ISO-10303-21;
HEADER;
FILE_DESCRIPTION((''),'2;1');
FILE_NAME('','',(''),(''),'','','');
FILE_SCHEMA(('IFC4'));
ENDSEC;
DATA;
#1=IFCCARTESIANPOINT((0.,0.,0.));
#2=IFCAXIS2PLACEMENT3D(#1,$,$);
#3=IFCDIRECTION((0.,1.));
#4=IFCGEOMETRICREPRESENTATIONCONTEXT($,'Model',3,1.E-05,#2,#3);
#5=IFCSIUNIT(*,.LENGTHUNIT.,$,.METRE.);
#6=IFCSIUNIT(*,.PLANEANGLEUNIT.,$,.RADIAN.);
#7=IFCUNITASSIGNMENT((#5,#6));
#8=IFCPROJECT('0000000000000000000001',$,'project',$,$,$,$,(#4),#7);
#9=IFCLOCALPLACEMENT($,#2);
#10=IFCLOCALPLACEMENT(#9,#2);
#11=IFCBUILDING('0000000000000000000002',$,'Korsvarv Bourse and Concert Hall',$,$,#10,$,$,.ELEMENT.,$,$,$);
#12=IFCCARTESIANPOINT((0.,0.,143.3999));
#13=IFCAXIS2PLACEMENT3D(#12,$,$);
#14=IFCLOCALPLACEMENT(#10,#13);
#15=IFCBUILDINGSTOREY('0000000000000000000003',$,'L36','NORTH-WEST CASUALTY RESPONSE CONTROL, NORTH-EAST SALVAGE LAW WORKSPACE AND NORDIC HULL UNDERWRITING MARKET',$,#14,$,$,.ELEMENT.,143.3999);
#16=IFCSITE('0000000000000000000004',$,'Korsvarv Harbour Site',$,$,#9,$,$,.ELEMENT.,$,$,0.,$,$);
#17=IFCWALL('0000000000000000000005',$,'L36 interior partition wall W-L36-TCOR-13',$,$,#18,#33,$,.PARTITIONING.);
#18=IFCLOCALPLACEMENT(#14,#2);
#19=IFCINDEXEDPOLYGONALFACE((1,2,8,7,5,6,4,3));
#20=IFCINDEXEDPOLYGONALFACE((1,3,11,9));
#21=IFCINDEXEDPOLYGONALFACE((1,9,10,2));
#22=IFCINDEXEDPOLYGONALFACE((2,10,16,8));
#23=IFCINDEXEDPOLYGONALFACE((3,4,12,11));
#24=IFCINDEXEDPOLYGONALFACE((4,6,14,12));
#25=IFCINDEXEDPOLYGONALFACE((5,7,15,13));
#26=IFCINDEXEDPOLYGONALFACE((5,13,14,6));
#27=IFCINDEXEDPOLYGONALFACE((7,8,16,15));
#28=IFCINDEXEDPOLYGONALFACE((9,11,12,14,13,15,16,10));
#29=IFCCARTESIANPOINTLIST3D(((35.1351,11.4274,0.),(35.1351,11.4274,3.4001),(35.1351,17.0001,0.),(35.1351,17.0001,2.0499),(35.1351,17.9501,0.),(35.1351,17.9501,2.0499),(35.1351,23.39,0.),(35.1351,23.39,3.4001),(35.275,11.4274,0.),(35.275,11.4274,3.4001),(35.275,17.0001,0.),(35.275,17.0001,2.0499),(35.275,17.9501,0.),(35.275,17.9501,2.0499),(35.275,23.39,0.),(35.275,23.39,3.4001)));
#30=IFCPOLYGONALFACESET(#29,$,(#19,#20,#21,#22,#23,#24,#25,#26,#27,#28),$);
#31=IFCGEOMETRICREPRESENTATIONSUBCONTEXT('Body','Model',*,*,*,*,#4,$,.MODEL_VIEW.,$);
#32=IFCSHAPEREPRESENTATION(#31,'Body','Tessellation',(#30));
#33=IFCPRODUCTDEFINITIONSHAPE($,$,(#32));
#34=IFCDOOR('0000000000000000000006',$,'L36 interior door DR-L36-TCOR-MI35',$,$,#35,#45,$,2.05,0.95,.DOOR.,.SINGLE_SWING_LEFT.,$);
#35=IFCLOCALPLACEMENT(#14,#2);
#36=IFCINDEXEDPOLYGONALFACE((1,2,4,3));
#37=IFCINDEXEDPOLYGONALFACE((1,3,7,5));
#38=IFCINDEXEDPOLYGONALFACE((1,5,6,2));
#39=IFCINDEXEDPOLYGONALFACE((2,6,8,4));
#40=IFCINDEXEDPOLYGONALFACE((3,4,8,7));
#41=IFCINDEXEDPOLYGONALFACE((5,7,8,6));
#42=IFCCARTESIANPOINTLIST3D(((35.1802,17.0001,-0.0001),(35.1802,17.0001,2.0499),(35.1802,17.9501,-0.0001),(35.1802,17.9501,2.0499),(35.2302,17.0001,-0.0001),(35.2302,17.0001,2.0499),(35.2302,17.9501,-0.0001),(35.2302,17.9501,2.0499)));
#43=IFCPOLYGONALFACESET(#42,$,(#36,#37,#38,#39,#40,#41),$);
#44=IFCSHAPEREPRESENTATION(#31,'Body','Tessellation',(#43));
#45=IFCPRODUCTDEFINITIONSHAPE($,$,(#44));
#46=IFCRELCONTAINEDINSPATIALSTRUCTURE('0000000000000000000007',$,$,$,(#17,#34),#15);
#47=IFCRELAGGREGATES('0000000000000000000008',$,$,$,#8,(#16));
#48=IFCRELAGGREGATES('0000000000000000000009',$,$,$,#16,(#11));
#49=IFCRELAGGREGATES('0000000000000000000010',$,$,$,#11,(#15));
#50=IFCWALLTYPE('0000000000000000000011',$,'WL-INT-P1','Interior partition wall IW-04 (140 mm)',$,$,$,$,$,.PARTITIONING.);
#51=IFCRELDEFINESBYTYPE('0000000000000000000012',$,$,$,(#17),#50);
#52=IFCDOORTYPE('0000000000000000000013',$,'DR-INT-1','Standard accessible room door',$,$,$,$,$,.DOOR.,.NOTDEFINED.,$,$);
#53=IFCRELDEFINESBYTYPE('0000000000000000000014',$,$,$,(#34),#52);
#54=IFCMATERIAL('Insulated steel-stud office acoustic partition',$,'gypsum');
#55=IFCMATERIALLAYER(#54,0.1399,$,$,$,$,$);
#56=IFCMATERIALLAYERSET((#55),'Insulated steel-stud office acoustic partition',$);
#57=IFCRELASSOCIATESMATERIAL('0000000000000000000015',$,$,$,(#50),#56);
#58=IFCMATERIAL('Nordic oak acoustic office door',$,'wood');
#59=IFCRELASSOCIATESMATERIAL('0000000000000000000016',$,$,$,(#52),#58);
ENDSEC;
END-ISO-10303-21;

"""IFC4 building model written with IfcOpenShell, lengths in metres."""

from ifc_helpers import new_model, si_unit, direction, frame, frame_2d, origin, place, context, subcontext, project, spatial, rectangle, extrude, material, layer, layer_set, type_object, element, fill, save


model = new_model("IFC4")

# Units and contexts
model_context = context("Model", 3, precision=1e-05, world=origin(), true_north=direction((0.0, 1.0)))
body_context = subcontext(model_context, "Body", "Model", "MODEL_VIEW")
ifc_project = project(units=[si_unit("LENGTHUNIT", "METRE"), si_unit("PLANEANGLEUNIT", "RADIAN")], contexts=[model_context])

# Site, building, storey
site_placement = place(None, origin())
site = spatial("IfcSite", under=ifc_project, at=site_placement, Name="Korsvarv Harbour Site", CompositionType="ELEMENT", RefElevation=0.0)
building_placement = place(site_placement, origin())
building = spatial("IfcBuilding", under=site, at=building_placement, Name="Korsvarv Bourse and Concert Hall", CompositionType="ELEMENT")
storey_placement = place(building_placement, frame((0.0, 0.0, 143.3999)))
storey = spatial("IfcBuildingStorey", under=building, at=storey_placement, Name="L36", Description="NORTH-WEST CASUALTY RESPONSE CONTROL, NORTH-EAST SALVAGE LAW WORKSPACE AND NORDIC HULL UNDERWRITING MARKET", CompositionType="ELEMENT", Elevation=143.3999)

# Wall, opening, door
ifc_material_1 = material(Name="Insulated steel-stud office acoustic partition", Category="gypsum")
ifc_layer_1 = layer(ifc_material_1, 0.1399)
ifc_layer_set_1 = layer_set([ifc_layer_1], Name="Insulated steel-stud office acoustic partition")
wall_type_1 = type_object("IfcWallType", Name="WL-INT-P1", Description="Interior partition wall IW-04 (140 mm)", PredefinedType="PARTITIONING", material=ifc_layer_set_1)
wall_1_placement = place(storey_placement, frame((35.2051, 11.4272, 0.0), z_axis=(0.0, 0.0, 1.0), x_axis=(0.0, 1.0, 0.0)))
wall_1 = element("IfcWall", 1, at=wall_1_placement, inside=storey, type_object=wall_type_1, Name="L36 interior partition wall W-L36-TCOR-13", PredefinedType="PARTITIONING", context=body_context, shape_type="SweptSolid", body=[
    extrude(rectangle(XDim=11.9626, YDim=0.1399, at=frame_2d((5.9814, 0.0))), origin(), (0.0, 0.0, 1.0), 3.4001),
])
opening_1_placement = place(wall_1_placement, frame((5.5728, 0.0, 0.0)))
opening_1 = element("IfcOpeningElement", 2, at=opening_1_placement, cuts=wall_1, PredefinedType="OPENING", context=body_context, shape_type="SweptSolid", body=[
    extrude(rectangle(XDim=0.95, YDim=2.05, at=frame_2d((0.4751, 1.0249))), frame((0.0, 0.0801, 0.0), z_axis=(0.0, -1.0, 0.0), x_axis=(1.0, 0.0, 0.0)), (0.0, 0.0, 1.0), 0.1599),
])
ifc_material_2 = material(Name="Nordic oak acoustic office door", Category="wood")
door_type_1 = type_object("IfcDoorType", Name="DR-INT-1", Description="Standard accessible room door", OperationType="NOTDEFINED", PredefinedType="DOOR", material=ifc_material_2)
door_1_placement = place(opening_1_placement, origin())
door_1 = element("IfcDoor", 3, at=door_1_placement, inside=storey, type_object=door_type_1, Name="L36 interior door DR-L36-TCOR-MI35", OperationType="SINGLE_SWING_LEFT", OverallHeight=2.05, OverallWidth=0.95, PredefinedType="DOOR", context=body_context, shape_type="SweptSolid", body=[
    extrude(rectangle(XDim=0.95, YDim=2.05, at=frame_2d((0.4751, 1.0249))), frame((0.0, 0.0249, 0.0), z_axis=(0.0, -1.0, 0.0), x_axis=(1.0, 0.0, 0.0)), (0.0, 0.0, 1.0), 0.05),
])
fill(opening_1, door_1)

save(model, "model.ifc")
